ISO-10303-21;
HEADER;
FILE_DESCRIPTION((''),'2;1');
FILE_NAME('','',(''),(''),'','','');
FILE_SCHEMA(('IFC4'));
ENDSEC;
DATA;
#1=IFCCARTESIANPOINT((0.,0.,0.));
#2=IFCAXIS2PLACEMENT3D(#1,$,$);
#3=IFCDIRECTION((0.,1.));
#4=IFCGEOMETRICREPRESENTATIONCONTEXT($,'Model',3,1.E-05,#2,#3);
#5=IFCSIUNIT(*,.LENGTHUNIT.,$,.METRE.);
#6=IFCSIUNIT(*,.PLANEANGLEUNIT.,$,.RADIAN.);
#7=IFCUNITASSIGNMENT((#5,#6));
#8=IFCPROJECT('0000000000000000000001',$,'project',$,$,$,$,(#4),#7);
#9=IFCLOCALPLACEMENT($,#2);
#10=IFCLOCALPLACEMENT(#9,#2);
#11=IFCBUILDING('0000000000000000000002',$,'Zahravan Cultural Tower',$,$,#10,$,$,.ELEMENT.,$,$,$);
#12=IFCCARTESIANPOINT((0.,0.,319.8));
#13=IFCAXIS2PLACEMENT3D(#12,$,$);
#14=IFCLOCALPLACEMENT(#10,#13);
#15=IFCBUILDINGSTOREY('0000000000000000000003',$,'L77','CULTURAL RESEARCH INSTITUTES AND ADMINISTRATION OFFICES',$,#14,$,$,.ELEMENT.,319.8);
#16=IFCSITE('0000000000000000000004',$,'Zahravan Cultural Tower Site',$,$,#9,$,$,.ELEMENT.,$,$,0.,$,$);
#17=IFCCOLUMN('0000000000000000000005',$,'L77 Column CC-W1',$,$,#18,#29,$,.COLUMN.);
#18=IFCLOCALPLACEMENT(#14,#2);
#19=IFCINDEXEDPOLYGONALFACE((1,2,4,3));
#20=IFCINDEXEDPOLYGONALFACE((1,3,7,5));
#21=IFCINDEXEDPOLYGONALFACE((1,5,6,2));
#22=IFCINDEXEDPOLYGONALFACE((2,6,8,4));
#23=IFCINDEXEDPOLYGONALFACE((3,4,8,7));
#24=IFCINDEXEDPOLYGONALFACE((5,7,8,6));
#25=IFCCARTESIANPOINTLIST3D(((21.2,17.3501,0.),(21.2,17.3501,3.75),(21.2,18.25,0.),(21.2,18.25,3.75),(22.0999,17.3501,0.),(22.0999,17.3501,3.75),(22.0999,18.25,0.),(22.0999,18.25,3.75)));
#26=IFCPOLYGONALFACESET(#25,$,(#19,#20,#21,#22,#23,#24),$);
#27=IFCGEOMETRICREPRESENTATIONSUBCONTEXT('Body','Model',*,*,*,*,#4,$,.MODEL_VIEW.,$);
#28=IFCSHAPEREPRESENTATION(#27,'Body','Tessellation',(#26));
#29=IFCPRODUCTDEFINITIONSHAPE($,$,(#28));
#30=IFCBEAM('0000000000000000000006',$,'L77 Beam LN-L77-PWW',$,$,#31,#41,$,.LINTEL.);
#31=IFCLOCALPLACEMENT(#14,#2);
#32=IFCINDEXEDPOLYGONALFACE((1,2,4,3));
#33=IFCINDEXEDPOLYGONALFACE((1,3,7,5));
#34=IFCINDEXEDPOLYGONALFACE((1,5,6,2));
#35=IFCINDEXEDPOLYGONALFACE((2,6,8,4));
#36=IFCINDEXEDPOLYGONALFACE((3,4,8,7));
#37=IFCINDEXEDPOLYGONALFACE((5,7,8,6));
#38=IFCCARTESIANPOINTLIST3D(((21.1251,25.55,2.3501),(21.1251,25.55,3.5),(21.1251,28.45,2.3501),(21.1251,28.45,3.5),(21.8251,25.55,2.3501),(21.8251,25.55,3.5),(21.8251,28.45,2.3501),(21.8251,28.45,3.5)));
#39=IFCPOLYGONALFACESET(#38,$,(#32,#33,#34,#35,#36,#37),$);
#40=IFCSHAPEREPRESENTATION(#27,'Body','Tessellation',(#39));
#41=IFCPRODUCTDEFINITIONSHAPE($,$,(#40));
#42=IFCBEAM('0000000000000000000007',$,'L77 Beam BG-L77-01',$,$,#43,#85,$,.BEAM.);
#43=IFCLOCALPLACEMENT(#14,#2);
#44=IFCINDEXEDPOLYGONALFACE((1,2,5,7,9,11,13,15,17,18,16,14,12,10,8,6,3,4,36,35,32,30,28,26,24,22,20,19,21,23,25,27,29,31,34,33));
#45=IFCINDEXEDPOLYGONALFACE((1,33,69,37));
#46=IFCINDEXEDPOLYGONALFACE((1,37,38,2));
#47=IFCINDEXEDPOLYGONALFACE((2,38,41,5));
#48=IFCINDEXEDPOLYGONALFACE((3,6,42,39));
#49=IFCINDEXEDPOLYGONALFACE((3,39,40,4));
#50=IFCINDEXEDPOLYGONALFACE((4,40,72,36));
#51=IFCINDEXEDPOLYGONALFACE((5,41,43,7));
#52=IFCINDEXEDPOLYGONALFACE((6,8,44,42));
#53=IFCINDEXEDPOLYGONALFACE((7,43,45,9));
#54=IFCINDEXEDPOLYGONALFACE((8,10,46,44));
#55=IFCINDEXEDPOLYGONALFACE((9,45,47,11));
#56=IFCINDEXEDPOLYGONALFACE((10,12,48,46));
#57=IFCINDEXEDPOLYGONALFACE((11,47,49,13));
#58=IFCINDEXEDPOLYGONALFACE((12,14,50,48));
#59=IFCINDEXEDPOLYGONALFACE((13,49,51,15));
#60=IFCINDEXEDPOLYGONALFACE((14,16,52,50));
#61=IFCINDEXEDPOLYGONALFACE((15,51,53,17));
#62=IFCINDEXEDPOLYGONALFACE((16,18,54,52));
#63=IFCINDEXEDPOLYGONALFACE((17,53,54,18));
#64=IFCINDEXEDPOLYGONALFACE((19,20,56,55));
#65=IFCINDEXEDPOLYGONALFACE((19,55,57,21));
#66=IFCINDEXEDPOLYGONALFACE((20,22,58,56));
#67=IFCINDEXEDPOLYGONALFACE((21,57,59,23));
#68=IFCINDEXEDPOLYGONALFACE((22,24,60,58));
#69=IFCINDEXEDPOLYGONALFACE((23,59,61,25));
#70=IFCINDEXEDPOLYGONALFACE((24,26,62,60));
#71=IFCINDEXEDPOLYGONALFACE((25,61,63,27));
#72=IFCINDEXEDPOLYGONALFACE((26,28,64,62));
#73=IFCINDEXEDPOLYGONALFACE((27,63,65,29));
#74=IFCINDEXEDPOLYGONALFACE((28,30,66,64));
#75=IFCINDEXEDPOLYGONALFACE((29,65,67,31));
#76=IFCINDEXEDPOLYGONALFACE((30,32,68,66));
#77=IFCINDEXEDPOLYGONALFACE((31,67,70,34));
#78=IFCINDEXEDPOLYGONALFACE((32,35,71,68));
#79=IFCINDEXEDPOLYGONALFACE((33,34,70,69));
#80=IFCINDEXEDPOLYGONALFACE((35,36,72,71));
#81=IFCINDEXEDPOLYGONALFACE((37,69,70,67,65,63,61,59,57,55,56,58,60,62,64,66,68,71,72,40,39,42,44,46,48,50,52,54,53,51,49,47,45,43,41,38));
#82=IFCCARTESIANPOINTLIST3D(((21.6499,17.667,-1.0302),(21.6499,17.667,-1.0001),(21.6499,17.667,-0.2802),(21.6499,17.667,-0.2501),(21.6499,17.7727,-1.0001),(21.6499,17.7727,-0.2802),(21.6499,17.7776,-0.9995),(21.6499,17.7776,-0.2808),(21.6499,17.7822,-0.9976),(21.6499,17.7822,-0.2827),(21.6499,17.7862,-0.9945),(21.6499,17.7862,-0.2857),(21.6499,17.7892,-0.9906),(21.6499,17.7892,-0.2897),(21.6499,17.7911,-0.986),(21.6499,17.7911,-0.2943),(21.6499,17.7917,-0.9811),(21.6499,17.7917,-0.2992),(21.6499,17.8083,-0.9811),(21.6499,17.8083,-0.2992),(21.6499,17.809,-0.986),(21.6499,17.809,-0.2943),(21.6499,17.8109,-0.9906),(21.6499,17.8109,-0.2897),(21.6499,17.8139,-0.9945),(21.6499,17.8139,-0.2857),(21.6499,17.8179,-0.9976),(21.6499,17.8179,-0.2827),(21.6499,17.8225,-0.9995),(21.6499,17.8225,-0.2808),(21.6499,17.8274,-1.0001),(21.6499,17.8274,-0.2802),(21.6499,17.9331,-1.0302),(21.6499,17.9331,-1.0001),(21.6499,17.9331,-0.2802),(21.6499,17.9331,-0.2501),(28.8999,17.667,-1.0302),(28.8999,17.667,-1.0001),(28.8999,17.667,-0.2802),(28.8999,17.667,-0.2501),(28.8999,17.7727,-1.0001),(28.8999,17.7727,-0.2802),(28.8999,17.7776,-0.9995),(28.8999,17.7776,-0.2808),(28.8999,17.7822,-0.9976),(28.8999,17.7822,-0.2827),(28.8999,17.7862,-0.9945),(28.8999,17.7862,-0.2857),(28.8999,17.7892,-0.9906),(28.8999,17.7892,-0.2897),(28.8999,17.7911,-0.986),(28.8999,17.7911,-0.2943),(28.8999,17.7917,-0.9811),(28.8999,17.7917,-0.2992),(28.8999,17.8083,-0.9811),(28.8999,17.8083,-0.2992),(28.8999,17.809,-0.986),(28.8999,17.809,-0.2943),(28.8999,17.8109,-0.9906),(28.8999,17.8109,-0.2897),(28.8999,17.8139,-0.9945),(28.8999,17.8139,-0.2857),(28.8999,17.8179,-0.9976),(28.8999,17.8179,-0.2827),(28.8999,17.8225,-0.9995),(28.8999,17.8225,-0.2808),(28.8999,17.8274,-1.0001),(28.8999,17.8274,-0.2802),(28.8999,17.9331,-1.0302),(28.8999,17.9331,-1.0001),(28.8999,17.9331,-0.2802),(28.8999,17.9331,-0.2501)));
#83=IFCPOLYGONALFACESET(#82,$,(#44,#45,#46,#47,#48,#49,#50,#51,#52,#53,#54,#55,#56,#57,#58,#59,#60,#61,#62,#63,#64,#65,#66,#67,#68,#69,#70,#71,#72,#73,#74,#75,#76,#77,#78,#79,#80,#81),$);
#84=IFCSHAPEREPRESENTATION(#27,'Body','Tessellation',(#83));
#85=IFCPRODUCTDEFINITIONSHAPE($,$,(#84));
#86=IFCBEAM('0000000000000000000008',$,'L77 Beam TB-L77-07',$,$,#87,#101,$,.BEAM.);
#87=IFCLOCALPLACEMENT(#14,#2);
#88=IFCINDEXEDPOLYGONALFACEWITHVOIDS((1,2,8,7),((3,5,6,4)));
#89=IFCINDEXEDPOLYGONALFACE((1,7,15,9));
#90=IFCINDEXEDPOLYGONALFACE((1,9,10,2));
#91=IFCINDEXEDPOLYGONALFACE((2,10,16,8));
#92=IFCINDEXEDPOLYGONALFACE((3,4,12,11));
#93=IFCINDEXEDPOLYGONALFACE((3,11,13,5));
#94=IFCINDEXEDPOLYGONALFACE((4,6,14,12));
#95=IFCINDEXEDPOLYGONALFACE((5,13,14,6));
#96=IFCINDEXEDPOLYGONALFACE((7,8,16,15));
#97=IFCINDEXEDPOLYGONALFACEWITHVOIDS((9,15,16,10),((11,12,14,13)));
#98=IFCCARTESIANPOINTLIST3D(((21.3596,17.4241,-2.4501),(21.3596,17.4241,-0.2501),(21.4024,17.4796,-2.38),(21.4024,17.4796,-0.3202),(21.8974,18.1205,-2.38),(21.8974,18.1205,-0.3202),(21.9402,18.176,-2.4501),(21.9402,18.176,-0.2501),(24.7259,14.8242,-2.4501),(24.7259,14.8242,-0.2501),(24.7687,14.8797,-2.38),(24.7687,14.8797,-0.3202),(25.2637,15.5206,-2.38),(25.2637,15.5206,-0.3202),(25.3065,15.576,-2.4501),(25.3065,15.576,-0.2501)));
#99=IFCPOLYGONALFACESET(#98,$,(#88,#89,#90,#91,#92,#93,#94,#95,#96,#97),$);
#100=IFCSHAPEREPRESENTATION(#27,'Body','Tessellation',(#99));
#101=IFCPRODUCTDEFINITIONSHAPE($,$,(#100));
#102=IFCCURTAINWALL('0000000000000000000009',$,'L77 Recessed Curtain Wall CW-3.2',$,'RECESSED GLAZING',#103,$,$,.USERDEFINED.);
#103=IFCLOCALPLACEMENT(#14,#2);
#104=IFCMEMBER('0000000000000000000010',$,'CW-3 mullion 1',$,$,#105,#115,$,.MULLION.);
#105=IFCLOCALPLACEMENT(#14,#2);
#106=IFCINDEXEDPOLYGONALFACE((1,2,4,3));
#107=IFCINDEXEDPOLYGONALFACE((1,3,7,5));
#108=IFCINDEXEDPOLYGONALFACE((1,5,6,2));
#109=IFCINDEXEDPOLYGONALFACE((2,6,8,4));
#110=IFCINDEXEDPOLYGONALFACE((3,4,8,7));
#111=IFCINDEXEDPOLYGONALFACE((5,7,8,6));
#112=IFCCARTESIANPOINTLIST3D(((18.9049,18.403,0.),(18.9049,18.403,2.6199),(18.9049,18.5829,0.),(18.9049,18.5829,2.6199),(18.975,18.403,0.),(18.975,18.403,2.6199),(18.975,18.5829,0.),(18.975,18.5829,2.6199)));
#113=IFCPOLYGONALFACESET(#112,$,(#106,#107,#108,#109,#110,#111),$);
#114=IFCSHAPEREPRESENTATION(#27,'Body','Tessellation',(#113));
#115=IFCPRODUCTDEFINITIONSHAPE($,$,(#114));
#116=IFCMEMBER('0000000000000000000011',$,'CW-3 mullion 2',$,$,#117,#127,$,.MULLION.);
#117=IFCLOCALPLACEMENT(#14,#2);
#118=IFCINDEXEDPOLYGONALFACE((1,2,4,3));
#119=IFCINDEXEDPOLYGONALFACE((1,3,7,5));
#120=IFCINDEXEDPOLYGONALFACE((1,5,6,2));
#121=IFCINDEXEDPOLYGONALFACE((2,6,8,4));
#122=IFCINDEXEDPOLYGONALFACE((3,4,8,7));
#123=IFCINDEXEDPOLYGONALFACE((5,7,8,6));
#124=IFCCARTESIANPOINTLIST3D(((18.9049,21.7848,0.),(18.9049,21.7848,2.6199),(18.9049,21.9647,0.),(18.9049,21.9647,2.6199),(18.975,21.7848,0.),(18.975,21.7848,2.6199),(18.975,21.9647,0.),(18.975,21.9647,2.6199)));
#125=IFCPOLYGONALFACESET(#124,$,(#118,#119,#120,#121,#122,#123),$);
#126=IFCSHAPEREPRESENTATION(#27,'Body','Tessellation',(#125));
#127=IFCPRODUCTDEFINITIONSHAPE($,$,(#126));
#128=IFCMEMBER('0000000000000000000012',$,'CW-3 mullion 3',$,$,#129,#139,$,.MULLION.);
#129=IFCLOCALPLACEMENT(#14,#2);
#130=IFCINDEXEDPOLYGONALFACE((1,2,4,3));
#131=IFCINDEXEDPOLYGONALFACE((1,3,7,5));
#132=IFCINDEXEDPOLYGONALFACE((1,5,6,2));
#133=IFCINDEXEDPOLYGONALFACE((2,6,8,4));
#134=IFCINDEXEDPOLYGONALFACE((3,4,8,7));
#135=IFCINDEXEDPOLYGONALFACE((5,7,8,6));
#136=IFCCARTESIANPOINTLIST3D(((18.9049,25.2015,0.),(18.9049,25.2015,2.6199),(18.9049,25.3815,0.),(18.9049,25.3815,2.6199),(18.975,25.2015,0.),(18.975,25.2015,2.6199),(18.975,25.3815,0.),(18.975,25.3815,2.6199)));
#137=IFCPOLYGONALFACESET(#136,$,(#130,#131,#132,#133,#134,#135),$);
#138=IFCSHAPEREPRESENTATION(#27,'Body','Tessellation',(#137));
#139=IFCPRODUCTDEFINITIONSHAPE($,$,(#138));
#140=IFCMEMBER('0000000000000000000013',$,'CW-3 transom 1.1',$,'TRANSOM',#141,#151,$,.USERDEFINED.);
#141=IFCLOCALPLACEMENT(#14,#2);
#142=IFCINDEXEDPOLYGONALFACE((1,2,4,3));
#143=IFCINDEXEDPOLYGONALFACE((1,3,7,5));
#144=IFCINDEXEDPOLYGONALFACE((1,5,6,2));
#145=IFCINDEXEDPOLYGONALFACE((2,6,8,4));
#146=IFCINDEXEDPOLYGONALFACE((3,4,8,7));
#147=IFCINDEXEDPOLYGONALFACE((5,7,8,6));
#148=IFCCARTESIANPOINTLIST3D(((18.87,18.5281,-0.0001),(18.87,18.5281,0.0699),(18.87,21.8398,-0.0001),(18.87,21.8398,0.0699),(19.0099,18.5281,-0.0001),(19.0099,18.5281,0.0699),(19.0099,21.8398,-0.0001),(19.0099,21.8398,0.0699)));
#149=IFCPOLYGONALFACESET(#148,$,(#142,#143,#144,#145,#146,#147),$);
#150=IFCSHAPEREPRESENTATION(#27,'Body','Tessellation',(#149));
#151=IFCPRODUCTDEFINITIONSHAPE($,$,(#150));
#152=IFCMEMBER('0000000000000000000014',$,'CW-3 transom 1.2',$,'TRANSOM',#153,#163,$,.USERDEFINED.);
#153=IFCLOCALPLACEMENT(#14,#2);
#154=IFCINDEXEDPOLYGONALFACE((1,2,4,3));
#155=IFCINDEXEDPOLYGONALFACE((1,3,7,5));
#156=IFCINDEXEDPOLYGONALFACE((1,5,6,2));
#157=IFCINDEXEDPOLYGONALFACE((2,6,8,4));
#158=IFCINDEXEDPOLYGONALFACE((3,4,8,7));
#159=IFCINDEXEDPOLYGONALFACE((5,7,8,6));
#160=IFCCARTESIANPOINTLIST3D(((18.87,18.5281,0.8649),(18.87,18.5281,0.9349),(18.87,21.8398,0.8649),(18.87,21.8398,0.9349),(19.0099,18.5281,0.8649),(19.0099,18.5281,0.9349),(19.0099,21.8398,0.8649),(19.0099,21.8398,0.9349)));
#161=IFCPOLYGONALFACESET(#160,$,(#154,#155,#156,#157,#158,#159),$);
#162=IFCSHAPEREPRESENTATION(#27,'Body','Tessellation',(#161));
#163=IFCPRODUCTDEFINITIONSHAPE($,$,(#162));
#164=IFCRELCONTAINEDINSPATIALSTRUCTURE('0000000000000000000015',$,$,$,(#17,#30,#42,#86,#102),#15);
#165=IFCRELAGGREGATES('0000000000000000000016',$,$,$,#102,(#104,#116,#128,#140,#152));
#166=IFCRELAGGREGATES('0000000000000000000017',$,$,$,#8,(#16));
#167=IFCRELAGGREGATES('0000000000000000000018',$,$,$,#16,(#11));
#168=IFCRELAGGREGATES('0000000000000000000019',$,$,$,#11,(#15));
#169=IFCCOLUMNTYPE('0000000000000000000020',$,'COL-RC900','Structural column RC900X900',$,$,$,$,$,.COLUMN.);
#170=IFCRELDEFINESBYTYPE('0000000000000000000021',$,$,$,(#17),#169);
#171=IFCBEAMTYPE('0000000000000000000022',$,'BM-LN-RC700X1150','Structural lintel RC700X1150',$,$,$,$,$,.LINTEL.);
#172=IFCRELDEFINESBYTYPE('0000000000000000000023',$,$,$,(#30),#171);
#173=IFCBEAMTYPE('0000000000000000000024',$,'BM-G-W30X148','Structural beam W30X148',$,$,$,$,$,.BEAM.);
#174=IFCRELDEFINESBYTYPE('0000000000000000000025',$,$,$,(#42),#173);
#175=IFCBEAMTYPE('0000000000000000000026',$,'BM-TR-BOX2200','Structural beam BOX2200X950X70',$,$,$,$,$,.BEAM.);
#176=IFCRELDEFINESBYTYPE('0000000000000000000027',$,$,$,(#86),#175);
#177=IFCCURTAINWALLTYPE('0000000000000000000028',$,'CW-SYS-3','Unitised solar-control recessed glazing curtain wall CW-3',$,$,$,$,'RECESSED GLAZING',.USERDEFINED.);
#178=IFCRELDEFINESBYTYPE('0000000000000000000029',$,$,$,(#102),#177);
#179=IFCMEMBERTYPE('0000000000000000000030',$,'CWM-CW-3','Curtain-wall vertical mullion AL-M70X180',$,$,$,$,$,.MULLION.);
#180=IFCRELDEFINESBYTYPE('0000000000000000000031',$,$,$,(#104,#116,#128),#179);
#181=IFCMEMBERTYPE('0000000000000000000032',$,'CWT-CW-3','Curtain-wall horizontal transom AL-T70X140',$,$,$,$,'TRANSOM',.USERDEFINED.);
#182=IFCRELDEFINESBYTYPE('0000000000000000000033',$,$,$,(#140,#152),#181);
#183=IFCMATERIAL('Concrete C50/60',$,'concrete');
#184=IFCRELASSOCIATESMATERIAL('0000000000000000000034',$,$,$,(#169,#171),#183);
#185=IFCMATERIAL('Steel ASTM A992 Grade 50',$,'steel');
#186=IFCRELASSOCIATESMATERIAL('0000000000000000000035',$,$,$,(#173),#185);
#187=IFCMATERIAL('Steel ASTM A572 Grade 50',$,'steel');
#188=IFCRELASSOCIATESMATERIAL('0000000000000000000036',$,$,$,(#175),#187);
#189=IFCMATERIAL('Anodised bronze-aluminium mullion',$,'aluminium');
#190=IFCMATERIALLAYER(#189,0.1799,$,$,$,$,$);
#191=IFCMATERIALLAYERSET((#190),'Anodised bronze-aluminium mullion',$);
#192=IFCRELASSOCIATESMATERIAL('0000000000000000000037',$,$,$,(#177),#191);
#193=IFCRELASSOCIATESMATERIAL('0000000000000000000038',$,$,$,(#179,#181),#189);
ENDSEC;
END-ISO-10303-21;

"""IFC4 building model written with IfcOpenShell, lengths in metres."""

from ifc_helpers import new_model, si_unit, direction, frame, origin, origin_2d, place, context, subcontext, project, spatial, rectangle, hollow_rectangle, i_section, extrude, source, transform, mapped, material, layer, layer_set, material_profile, profile_set, type_object, element, aggregate, save


model = new_model("IFC4")

# Units and contexts
model_context = context("Model", 3, precision=1e-05, world=origin(), true_north=direction((0.0, 1.0)))
body_context = subcontext(model_context, "Body", "Model", "MODEL_VIEW")
ifc_project = project(units=[si_unit("LENGTHUNIT", "METRE"), si_unit("PLANEANGLEUNIT", "RADIAN")], contexts=[model_context])

# Site, building, storey
site_placement = place(None, origin())
site = spatial("IfcSite", under=ifc_project, at=site_placement, Name="Zahravan Cultural Tower Site", CompositionType="ELEMENT", RefElevation=0.0)
building_placement = place(site_placement, origin())
building = spatial("IfcBuilding", under=site, at=building_placement, Name="Zahravan Cultural Tower", CompositionType="ELEMENT")
storey_placement = place(building_placement, frame((0.0, 0.0, 319.8)))
storey = spatial("IfcBuildingStorey", under=building, at=storey_placement, Name="L77", Description="CULTURAL RESEARCH INSTITUTES AND ADMINISTRATION OFFICES", CompositionType="ELEMENT", Elevation=319.8)

# Column
ifc_material_1 = material(Name="Concrete C50/60", Category="concrete")
ifc_material_profile_1 = material_profile(ifc_material_1, rectangle(XDim=0.8999, YDim=0.8999, at=origin_2d()), Name="RC900X900")
ifc_profile_set_1 = profile_set([ifc_material_profile_1], Name="Concrete C50/60")
column_type = type_object("IfcColumnType", Name="COL-RC900", Description="Structural column RC900X900", PredefinedType="COLUMN", material=ifc_profile_set_1)
shared_shape_1 = source(origin(), body_context, "Body", "SweptSolid", [
    extrude(rectangle(XDim=0.8999, YDim=0.8999, at=origin_2d()), origin(), (0.0, 0.0, 1.0), 3.75),
])
column_placement = place(storey_placement, frame((21.6499, 17.8, 0.0), z_axis=(0.0, 0.0, 1.0), x_axis=(1.0, 0.0, 0.0)))
element("IfcColumn", 1, at=column_placement, inside=storey, type_object=column_type, Name="L77 Column CC-W1", PredefinedType="COLUMN", context=body_context, shape_type="MappedRepresentation", body=[
    mapped(shared_shape_1, transform((0.0, 0.0, 0.0), x_axis=(1.0, 0.0, 0.0), y_axis=(0.0, 1.0, 0.0), z_axis=(0.0, 0.0, 1.0), scale=1.0)),
])

# Beams
ifc_material_profile_2 = material_profile(ifc_material_1, rectangle(XDim=0.7, YDim=1.1499, at=origin_2d()), Name="RC700X1150")
ifc_profile_set_2 = profile_set([ifc_material_profile_2], Name="Concrete C50/60")
beam_type_1 = type_object("IfcBeamType", Name="BM-LN-RC700X1150", Description="Structural lintel RC700X1150", PredefinedType="LINTEL", material=ifc_profile_set_2)
shared_shape_2 = source(origin(), body_context, "Body", "SweptSolid", [
    extrude(rectangle(XDim=0.7, YDim=1.1499, at=origin_2d()), origin(), (0.0, 0.0, 1.0), 2.8999),
])
beam_1_placement = place(storey_placement, frame((21.4751, 25.55, 2.925), z_axis=(0.0, 1.0, 0.0), x_axis=(-1.0, 0.0, 0.0)))
element("IfcBeam", 2, at=beam_1_placement, inside=storey, type_object=beam_type_1, Name="L77 Beam LN-L77-PWW", PredefinedType="LINTEL", context=body_context, shape_type="MappedRepresentation", body=[
    mapped(shared_shape_2, transform((0.0, 0.0, 0.0), x_axis=(1.0, 0.0, 0.0), y_axis=(0.0, 1.0, 0.0), z_axis=(0.0, 0.0, 1.0), scale=1.0)),
])
ifc_material_2 = material(Name="Steel ASTM A992 Grade 50", Category="steel")
ifc_material_profile_3 = material_profile(ifc_material_2, i_section(OverallWidth=0.2661, OverallDepth=0.78, WebThickness=0.0166, FlangeThickness=0.03, FilletRadius=0.019, at=origin_2d()), Name="W30X148")
ifc_profile_set_3 = profile_set([ifc_material_profile_3], Name="Steel ASTM A992 Grade 50")
beam_type_2 = type_object("IfcBeamType", Name="BM-G-W30X148", Description="Structural beam W30X148", PredefinedType="BEAM", material=ifc_profile_set_3)
shared_shape_3 = source(origin(), body_context, "Body", "SweptSolid", [
    extrude(i_section(OverallWidth=0.2661, OverallDepth=0.78, WebThickness=0.0166, FlangeThickness=0.03, FilletRadius=0.019, at=origin_2d()), origin(), (0.0, 0.0, 1.0), 7.25),
])
beam_2_placement = place(storey_placement, frame((21.6499, 17.8, -0.6401), z_axis=(1.0, 0.0, 0.0), x_axis=(0.0, 1.0, 0.0)))
element("IfcBeam", 3, at=beam_2_placement, inside=storey, type_object=beam_type_2, Name="L77 Beam BG-L77-01", PredefinedType="BEAM", context=body_context, shape_type="MappedRepresentation", body=[
    mapped(shared_shape_3, transform((0.0, 0.0, 0.0), x_axis=(1.0, 0.0, 0.0), y_axis=(0.0, 1.0, 0.0), z_axis=(0.0, 0.0, 1.0), scale=1.0)),
])
ifc_material_3 = material(Name="Steel ASTM A572 Grade 50", Category="steel")
ifc_material_profile_4 = material_profile(ifc_material_3, hollow_rectangle(XDim=0.95, YDim=2.2, WallThickness=0.0701, at=origin_2d()), Name="BOX2200X950X70")
ifc_profile_set_4 = profile_set([ifc_material_profile_4], Name="Steel ASTM A572 Grade 50")
beam_type_3 = type_object("IfcBeamType", Name="BM-TR-BOX2200", Description="Structural beam BOX2200X950X70", PredefinedType="BEAM", material=ifc_profile_set_4)
shared_shape_4 = source(origin(), body_context, "Body", "SweptSolid", [
    extrude(hollow_rectangle(XDim=0.95, YDim=2.2, WallThickness=0.0701, at=origin_2d()), origin(), (0.0, 0.0, 1.0), 4.2534),
])
beam_3_placement = place(storey_placement, frame((21.6499, 17.8, -1.3501), z_axis=(0.791434, -0.611255, 0.0), x_axis=(0.611255, 0.791434, 0.0)))
element("IfcBeam", 4, at=beam_3_placement, inside=storey, type_object=beam_type_3, Name="L77 Beam TB-L77-07", PredefinedType="BEAM", context=body_context, shape_type="MappedRepresentation", body=[
    mapped(shared_shape_4, transform((0.0, 0.0, 0.0), x_axis=(1.0, 0.0, 0.0), y_axis=(0.0, 1.0, 0.0), z_axis=(0.0, 0.0, 1.0), scale=1.0)),
])

# Curtain wall, members
ifc_material_4 = material(Name="Anodised bronze-aluminium mullion", Category="aluminium")
ifc_layer_1 = layer(ifc_material_4, 0.1799)
ifc_layer_set_1 = layer_set([ifc_layer_1], Name="Anodised bronze-aluminium mullion")
curtain_wall_type = type_object("IfcCurtainWallType", Name="CW-SYS-3", Description="Unitised solar-control recessed glazing curtain wall CW-3", ElementType="RECESSED GLAZING", PredefinedType="USERDEFINED", material=ifc_layer_set_1)
curtain_wall_placement = place(storey_placement, origin())
curtain_wall = element("IfcCurtainWall", 5, at=curtain_wall_placement, inside=storey, type_object=curtain_wall_type, Name="L77 Recessed Curtain Wall CW-3.2", ObjectType="RECESSED GLAZING", PredefinedType="USERDEFINED")
ifc_material_profile_5 = material_profile(ifc_material_4, rectangle(XDim=0.0701, YDim=0.1799, at=origin_2d()), Name="AL-M70X180")
ifc_profile_set_5 = profile_set([ifc_material_profile_5], Name="Anodised bronze-aluminium mullion")
member_type_1 = type_object("IfcMemberType", Name="CWM-CW-3", Description="Curtain-wall vertical mullion AL-M70X180", PredefinedType="MULLION", material=ifc_profile_set_5)
shared_shape_5 = source(origin(), body_context, "Body", "SweptSolid", [
    extrude(rectangle(XDim=0.0701, YDim=0.1799, at=origin_2d()), origin(), (0.0, 0.0, 1.0), 2.6199),
])
member_1_placement = place(storey_placement, frame((18.9399, 18.4929, 0.0), z_axis=(0.0, 0.0, 1.0), x_axis=(-1.0, 0.0, 0.0)))
member_1 = element("IfcMember", 6, at=member_1_placement, type_object=member_type_1, Name="CW-3 mullion 1", PredefinedType="MULLION", context=body_context, shape_type="MappedRepresentation", body=[
    mapped(shared_shape_5, transform((0.0, 0.0, 0.0), x_axis=(1.0, 0.0, 0.0), y_axis=(0.0, 1.0, 0.0), z_axis=(0.0, 0.0, 1.0), scale=1.0)),
])
member_2_placement = place(storey_placement, frame((18.9399, 21.8748, 0.0), z_axis=(0.0, 0.0, 1.0), x_axis=(-1.0, 0.0, 0.0)))
member_2 = element("IfcMember", 7, at=member_2_placement, type_object=member_type_1, Name="CW-3 mullion 2", PredefinedType="MULLION", context=body_context, shape_type="MappedRepresentation", body=[
    mapped(shared_shape_5, transform((0.0, 0.0, 0.0), x_axis=(1.0, 0.0, 0.0), y_axis=(0.0, 1.0, 0.0), z_axis=(0.0, 0.0, 1.0), scale=1.0)),
])
member_3_placement = place(storey_placement, frame((18.9399, 25.2915, 0.0), z_axis=(0.0, 0.0, 1.0), x_axis=(-1.0, 0.0, 0.0)))
member_3 = element("IfcMember", 8, at=member_3_placement, type_object=member_type_1, Name="CW-3 mullion 3", PredefinedType="MULLION", context=body_context, shape_type="MappedRepresentation", body=[
    mapped(shared_shape_5, transform((0.0, 0.0, 0.0), x_axis=(1.0, 0.0, 0.0), y_axis=(0.0, 1.0, 0.0), z_axis=(0.0, 0.0, 1.0), scale=1.0)),
])
ifc_material_profile_6 = material_profile(ifc_material_4, rectangle(XDim=0.1399, YDim=0.0701, at=origin_2d()), Name="AL-T70X140")
ifc_profile_set_6 = profile_set([ifc_material_profile_6], Name="Anodised bronze-aluminium mullion")
member_type_2 = type_object("IfcMemberType", Name="CWT-CW-3", Description="Curtain-wall horizontal transom AL-T70X140", ElementType="TRANSOM", PredefinedType="USERDEFINED", material=ifc_profile_set_6)
shared_shape_6 = source(origin(), body_context, "Body", "SweptSolid", [
    extrude(rectangle(XDim=0.1399, YDim=0.0701, at=origin_2d()), origin(), (0.0, 0.0, 1.0), 3.3118),
])
member_4_placement = place(storey_placement, frame((18.9399, 18.5281, 0.0349), z_axis=(0.0, 1.0, 0.0), x_axis=(-1.0, 0.0, 0.0)))
member_4 = element("IfcMember", 9, at=member_4_placement, type_object=member_type_2, Name="CW-3 transom 1.1", ObjectType="TRANSOM", PredefinedType="USERDEFINED", context=body_context, shape_type="MappedRepresentation", body=[
    mapped(shared_shape_6, transform((0.0, 0.0, 0.0), x_axis=(1.0, 0.0, 0.0), y_axis=(0.0, 1.0, 0.0), z_axis=(0.0, 0.0, 1.0), scale=1.0)),
])
member_5_placement = place(storey_placement, frame((18.9399, 18.5281, 0.8999), z_axis=(0.0, 1.0, 0.0), x_axis=(-1.0, 0.0, 0.0)))
member_5 = element("IfcMember", 10, at=member_5_placement, type_object=member_type_2, Name="CW-3 transom 1.2", ObjectType="TRANSOM", PredefinedType="USERDEFINED", context=body_context, shape_type="MappedRepresentation", body=[
    mapped(shared_shape_6, transform((0.0, 0.0, 0.0), x_axis=(1.0, 0.0, 0.0), y_axis=(0.0, 1.0, 0.0), z_axis=(0.0, 0.0, 1.0), scale=1.0)),
])

aggregate(curtain_wall, [member_1, member_2, member_3, member_4, member_5])

save(model, "model.ifc")
